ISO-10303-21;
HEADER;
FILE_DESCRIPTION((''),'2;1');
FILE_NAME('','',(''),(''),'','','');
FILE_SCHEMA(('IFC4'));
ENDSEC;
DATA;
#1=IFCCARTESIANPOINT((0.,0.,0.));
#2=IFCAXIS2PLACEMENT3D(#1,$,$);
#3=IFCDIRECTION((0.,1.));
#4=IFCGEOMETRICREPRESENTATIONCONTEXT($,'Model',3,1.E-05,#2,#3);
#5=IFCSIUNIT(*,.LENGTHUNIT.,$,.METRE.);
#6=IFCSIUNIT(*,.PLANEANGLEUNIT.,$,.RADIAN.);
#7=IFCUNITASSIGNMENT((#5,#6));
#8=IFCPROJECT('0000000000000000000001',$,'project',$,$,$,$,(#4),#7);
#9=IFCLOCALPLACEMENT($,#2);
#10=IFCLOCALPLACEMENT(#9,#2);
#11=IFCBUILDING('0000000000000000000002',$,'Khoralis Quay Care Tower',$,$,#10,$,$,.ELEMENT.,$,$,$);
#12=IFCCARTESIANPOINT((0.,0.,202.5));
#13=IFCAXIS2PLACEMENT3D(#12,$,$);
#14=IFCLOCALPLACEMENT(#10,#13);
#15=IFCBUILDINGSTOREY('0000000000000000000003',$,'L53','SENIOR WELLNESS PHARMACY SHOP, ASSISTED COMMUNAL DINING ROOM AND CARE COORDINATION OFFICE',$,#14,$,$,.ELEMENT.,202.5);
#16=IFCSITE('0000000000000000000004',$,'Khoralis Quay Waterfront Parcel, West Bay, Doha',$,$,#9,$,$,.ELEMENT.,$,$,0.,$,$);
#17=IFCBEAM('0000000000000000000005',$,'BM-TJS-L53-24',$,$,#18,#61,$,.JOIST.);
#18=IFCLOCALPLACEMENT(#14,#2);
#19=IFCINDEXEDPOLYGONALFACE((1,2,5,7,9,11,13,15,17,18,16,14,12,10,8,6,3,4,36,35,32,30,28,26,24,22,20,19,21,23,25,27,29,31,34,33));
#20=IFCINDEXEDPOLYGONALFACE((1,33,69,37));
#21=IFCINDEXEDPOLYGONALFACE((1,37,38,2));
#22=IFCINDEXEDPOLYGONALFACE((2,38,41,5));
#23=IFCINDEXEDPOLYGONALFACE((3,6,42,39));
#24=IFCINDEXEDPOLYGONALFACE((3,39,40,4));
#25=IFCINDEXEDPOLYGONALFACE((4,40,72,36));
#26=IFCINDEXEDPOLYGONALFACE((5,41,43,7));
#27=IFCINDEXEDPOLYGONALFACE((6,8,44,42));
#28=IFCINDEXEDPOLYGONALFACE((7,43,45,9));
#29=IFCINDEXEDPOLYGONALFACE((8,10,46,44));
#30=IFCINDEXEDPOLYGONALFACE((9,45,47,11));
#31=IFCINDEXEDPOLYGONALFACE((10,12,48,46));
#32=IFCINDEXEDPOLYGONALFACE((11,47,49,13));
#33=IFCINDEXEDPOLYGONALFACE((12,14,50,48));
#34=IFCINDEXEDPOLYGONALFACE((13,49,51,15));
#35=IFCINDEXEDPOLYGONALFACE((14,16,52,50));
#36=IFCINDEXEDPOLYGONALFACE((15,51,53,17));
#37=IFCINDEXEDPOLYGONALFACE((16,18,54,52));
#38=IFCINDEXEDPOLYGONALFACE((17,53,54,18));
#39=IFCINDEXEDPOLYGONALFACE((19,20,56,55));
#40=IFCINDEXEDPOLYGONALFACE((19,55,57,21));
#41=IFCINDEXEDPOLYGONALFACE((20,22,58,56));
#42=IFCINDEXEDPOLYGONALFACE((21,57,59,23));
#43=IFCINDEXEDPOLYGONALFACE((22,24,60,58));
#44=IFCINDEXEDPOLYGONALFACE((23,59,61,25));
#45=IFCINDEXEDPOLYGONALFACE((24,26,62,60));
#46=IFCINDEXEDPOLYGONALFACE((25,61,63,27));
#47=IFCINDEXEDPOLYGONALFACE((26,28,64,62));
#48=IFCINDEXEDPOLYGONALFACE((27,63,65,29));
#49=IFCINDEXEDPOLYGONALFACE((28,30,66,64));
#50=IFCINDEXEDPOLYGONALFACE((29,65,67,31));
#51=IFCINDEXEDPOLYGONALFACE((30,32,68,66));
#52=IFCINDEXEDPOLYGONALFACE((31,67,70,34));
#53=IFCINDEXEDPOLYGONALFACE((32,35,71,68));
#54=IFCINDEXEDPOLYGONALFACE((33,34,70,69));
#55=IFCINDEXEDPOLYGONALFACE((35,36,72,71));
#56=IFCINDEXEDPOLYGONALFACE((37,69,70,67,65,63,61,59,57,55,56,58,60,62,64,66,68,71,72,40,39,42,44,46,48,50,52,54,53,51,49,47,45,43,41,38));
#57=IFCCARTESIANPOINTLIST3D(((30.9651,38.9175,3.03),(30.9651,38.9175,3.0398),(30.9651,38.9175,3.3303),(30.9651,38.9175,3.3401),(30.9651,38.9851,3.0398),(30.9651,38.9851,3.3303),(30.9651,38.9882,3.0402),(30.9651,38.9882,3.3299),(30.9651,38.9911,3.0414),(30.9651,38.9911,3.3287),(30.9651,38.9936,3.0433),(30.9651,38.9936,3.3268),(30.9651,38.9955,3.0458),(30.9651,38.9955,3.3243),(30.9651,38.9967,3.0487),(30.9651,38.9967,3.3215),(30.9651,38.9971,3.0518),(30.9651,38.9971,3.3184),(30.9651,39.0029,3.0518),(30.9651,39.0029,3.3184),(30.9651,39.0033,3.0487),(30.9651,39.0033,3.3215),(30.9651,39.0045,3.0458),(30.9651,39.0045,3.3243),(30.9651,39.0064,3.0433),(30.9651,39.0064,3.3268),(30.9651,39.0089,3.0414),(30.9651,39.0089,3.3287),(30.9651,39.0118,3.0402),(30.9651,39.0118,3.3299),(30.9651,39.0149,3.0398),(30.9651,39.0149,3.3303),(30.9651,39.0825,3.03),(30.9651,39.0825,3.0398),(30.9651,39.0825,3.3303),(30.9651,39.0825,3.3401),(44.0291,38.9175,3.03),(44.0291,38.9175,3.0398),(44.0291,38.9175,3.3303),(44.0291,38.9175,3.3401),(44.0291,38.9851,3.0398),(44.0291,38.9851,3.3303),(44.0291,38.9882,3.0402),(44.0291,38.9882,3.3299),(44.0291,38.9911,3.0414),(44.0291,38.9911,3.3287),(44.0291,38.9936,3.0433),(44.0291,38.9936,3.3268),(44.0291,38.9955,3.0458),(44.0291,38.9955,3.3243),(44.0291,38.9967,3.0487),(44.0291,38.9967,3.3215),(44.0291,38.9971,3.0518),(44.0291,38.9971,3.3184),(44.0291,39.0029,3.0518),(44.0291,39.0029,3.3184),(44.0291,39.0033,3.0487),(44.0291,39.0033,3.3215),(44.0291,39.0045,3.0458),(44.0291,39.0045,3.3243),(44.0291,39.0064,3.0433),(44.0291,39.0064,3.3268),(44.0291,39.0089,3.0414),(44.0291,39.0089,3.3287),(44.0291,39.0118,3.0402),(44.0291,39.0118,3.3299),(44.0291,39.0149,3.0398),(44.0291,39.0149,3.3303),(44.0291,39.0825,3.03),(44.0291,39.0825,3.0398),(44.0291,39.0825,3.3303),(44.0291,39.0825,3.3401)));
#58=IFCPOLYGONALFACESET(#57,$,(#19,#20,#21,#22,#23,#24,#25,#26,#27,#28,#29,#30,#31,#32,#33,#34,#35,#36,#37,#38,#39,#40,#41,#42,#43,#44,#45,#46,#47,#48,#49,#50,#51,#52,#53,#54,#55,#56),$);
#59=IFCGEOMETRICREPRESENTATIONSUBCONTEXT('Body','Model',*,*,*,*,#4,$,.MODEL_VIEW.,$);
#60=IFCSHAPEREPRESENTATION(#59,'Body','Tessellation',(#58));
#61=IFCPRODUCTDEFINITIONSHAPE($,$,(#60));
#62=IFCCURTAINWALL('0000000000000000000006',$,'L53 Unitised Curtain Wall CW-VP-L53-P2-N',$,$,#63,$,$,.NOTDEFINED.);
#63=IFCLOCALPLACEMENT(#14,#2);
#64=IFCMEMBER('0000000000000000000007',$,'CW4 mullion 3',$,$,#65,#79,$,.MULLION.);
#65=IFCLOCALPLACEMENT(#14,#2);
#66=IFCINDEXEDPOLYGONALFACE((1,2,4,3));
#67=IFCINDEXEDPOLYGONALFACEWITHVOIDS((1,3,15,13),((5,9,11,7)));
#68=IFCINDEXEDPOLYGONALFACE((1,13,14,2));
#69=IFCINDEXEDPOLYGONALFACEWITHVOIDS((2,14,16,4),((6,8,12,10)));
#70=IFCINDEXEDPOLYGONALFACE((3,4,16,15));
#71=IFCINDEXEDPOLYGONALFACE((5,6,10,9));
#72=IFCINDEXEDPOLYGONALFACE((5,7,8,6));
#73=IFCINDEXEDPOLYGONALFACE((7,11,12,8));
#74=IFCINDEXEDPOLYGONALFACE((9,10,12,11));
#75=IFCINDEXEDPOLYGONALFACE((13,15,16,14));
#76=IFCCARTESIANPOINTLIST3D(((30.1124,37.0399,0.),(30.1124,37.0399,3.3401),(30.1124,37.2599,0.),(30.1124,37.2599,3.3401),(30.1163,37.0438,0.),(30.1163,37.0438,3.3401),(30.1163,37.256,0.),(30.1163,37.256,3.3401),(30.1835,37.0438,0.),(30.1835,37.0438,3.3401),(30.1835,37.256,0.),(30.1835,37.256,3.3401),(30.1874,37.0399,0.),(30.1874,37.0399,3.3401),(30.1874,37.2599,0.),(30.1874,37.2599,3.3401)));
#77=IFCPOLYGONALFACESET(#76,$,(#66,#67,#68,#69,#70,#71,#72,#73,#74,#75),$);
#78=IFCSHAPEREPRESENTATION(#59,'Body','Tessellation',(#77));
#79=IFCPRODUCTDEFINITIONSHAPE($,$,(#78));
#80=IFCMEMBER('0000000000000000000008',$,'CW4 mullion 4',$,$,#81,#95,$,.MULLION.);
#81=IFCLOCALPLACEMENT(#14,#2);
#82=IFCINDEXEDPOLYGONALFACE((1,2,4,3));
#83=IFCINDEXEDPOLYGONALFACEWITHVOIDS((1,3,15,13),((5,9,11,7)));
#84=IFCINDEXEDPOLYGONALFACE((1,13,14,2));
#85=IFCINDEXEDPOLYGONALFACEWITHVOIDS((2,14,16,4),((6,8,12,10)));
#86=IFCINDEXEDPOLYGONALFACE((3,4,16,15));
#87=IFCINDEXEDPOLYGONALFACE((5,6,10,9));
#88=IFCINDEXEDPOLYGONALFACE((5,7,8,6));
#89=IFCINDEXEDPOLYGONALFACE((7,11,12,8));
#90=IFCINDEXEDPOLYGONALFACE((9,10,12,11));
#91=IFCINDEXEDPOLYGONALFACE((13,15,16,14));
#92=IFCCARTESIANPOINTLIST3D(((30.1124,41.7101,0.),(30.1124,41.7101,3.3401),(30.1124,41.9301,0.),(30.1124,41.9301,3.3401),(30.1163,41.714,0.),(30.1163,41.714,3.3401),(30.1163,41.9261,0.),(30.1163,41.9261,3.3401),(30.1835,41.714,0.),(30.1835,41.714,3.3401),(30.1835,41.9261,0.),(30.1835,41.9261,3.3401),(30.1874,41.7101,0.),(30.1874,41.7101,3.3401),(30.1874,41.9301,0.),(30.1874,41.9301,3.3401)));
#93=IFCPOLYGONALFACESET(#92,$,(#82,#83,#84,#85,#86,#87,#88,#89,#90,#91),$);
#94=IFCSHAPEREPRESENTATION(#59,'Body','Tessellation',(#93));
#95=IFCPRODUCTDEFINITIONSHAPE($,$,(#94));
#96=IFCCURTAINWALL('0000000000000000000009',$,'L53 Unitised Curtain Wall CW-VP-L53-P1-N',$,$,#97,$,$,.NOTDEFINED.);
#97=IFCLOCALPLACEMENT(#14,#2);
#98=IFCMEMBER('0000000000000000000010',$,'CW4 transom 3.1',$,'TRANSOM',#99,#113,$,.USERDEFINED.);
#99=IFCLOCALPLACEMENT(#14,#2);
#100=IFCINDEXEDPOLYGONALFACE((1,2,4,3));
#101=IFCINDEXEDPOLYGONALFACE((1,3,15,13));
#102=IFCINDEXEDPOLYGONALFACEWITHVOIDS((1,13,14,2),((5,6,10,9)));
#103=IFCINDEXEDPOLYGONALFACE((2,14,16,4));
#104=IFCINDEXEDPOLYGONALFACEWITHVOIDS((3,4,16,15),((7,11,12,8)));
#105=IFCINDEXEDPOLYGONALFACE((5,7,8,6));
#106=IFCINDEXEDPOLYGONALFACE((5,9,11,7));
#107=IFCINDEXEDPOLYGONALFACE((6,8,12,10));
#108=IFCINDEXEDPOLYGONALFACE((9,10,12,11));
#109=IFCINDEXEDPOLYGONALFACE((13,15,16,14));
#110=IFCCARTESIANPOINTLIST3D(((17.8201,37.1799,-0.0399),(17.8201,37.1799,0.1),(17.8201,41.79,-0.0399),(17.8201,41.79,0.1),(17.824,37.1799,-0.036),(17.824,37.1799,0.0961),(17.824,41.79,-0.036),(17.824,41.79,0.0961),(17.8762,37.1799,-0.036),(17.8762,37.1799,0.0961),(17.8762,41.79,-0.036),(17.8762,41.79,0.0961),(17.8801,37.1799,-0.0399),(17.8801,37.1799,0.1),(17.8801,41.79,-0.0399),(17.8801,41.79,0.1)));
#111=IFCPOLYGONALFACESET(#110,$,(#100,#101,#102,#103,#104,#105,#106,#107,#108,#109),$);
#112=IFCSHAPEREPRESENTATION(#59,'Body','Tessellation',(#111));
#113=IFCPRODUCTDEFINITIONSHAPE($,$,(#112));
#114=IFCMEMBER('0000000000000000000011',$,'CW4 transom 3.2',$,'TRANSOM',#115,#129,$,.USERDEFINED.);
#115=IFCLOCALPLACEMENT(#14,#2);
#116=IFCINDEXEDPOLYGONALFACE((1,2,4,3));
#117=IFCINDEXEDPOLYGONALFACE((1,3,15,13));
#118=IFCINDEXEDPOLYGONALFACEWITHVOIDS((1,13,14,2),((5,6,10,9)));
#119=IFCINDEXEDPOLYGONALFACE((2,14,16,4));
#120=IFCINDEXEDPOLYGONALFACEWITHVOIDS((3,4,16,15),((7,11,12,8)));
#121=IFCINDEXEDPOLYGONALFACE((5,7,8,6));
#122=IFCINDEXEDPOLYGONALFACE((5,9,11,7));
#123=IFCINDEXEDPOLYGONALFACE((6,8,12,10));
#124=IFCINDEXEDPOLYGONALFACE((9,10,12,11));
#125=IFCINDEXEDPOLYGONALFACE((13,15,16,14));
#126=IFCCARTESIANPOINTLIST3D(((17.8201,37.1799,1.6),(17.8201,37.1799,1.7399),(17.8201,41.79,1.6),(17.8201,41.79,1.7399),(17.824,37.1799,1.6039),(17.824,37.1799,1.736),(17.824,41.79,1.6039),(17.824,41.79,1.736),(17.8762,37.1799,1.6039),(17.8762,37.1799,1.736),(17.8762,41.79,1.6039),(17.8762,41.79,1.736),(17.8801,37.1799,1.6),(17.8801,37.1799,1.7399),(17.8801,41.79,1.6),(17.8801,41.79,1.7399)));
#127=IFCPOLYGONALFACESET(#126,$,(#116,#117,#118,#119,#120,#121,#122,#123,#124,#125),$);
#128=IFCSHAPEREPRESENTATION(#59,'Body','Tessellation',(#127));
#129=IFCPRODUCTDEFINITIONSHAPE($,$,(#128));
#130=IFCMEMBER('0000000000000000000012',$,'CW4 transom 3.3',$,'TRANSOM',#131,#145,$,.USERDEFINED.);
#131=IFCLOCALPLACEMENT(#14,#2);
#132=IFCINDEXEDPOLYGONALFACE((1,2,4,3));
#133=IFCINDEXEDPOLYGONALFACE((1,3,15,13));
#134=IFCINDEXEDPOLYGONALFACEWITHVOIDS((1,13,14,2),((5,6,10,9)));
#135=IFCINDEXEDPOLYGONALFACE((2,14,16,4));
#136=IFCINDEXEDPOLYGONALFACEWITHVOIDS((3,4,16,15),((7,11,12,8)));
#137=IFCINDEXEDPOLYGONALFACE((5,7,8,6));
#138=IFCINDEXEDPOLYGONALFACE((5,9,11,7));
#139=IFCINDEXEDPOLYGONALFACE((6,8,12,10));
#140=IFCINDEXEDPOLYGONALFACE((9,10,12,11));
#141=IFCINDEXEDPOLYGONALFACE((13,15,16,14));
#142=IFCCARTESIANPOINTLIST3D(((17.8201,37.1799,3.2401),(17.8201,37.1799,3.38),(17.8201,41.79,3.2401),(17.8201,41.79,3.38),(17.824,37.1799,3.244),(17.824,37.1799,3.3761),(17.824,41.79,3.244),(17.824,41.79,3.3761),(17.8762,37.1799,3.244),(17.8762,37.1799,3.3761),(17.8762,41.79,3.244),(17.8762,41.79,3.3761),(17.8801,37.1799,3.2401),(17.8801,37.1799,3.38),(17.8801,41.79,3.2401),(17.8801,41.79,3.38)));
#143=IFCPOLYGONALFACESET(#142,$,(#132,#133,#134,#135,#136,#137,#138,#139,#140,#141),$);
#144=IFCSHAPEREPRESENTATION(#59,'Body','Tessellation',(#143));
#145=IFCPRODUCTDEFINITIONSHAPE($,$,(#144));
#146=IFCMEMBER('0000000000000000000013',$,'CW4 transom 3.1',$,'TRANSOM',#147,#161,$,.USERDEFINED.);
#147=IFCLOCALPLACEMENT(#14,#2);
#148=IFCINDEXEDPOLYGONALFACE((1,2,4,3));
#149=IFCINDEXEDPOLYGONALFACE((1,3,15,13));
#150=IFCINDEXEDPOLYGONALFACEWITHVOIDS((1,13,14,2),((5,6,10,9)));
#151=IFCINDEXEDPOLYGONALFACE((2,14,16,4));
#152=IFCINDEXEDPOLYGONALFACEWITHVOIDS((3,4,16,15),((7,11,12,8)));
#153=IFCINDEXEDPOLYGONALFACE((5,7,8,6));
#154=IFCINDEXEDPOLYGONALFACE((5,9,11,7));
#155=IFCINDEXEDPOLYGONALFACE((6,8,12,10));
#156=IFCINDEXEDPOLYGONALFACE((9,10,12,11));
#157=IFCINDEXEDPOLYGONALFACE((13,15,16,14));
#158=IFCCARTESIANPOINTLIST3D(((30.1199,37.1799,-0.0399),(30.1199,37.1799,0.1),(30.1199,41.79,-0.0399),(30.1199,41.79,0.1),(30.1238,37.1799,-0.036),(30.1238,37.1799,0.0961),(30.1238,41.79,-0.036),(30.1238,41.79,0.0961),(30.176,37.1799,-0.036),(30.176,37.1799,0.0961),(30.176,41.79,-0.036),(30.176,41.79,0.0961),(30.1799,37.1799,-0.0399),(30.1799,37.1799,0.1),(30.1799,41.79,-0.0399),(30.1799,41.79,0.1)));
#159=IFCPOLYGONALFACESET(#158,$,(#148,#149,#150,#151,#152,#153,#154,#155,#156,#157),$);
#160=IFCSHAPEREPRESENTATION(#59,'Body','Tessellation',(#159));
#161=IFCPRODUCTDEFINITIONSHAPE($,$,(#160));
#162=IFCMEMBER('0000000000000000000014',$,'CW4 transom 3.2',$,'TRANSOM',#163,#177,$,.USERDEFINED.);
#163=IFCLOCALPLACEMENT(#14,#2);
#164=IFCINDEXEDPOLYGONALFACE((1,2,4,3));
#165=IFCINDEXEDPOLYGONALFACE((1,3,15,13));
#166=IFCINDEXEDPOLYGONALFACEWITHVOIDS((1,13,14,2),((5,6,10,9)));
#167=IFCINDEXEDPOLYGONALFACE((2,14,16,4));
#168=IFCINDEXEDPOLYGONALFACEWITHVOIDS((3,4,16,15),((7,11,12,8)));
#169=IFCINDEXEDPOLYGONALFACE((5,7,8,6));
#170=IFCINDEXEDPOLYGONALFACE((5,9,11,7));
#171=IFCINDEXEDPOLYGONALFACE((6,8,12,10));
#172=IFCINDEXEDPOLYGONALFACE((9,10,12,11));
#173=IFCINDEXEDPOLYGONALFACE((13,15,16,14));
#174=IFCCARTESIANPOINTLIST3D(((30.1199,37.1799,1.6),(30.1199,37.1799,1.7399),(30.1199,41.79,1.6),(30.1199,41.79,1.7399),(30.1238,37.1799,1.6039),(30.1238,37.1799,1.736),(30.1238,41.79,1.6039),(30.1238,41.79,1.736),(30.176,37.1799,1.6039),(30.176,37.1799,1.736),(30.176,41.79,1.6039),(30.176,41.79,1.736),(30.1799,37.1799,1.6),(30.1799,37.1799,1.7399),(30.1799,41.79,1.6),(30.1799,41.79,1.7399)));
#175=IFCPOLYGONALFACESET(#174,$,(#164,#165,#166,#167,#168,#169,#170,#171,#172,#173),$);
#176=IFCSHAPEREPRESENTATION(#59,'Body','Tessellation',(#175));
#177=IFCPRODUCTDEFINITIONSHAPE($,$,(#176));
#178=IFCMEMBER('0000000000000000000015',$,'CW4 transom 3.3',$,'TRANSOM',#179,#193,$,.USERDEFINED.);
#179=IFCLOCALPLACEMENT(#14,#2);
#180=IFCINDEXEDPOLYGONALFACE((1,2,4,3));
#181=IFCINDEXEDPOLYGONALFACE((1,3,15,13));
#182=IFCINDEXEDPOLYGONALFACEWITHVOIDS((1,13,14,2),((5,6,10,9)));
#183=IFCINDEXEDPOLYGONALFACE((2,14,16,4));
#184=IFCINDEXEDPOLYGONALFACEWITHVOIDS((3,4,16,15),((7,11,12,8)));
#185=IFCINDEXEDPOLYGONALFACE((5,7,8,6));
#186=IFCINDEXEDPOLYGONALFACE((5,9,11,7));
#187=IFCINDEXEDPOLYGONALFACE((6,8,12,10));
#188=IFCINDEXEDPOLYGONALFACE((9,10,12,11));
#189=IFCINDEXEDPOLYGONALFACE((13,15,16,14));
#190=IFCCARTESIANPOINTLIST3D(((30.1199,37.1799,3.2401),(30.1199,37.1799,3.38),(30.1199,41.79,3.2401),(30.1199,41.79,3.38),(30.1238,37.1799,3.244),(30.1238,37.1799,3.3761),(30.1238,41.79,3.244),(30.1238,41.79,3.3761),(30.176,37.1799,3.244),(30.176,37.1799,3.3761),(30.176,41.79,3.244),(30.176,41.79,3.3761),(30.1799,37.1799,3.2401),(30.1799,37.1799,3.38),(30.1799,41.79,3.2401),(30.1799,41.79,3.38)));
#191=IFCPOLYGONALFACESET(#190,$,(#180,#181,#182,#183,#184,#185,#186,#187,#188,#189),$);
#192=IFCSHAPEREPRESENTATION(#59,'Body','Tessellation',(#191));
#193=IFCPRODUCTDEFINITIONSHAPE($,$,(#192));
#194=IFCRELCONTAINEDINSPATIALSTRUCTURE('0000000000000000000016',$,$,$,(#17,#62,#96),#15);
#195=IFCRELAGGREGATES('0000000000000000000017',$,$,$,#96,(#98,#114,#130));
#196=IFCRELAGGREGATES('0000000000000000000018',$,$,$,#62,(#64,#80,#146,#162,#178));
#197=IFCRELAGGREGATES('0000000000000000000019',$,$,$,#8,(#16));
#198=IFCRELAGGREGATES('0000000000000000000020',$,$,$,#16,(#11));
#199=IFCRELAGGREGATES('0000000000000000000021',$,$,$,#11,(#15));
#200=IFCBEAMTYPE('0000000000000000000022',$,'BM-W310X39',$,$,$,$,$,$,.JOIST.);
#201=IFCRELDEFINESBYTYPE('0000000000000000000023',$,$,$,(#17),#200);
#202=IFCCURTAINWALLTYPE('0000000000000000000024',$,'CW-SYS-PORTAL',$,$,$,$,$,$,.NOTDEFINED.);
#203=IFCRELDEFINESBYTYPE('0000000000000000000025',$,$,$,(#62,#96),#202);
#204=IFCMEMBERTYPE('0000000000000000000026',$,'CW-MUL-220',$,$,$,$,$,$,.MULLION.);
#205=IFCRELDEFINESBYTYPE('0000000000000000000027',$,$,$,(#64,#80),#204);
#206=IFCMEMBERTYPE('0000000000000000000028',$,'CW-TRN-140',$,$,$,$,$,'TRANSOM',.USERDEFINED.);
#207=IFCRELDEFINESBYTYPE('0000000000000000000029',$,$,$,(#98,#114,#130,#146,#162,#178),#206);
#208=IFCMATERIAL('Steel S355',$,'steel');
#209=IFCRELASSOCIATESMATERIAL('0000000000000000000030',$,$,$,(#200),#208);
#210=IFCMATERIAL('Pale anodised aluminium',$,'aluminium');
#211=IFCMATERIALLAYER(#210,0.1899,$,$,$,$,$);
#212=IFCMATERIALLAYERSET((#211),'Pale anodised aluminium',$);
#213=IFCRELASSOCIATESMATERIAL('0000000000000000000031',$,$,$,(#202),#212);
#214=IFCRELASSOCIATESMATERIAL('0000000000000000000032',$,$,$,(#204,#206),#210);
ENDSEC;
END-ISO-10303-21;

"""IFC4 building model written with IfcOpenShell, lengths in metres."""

from ifc_helpers import new_model, si_unit, direction, frame, origin, origin_2d, place, context, subcontext, project, spatial, hollow_rectangle, i_section, extrude, source, transform, mapped, material, layer, layer_set, material_profile, profile_set, type_object, element, aggregate, save


model = new_model("IFC4")

# Units and contexts
model_context = context("Model", 3, precision=1e-05, world=origin(), true_north=direction((0.0, 1.0)))
body_context = subcontext(model_context, "Body", "Model", "MODEL_VIEW")
ifc_project = project(units=[si_unit("LENGTHUNIT", "METRE"), si_unit("PLANEANGLEUNIT", "RADIAN")], contexts=[model_context])

# Site, building, storey
site_placement = place(None, origin())
site = spatial("IfcSite", under=ifc_project, at=site_placement, Name="Khoralis Quay Waterfront Parcel, West Bay, Doha", CompositionType="ELEMENT", RefElevation=0.0)
building_placement = place(site_placement, origin())
building = spatial("IfcBuilding", under=site, at=building_placement, Name="Khoralis Quay Care Tower", CompositionType="ELEMENT")
storey_placement = place(building_placement, frame((0.0, 0.0, 202.5)))
storey = spatial("IfcBuildingStorey", under=building, at=storey_placement, Name="L53", Description="SENIOR WELLNESS PHARMACY SHOP, ASSISTED COMMUNAL DINING ROOM AND CARE COORDINATION OFFICE", CompositionType="ELEMENT", Elevation=202.5)

# Beam
ifc_material_1 = material(Name="Steel S355", Category="steel")
ifc_material_profile_1 = material_profile(ifc_material_1, i_section(OverallWidth=0.165, OverallDepth=0.3101, WebThickness=0.0059, FlangeThickness=0.0098, FilletRadius=0.012, at=origin_2d()), Name="Steel S355")
ifc_profile_set_1 = profile_set([ifc_material_profile_1], Name="Steel S355")
beam_type_1 = type_object("IfcBeamType", Name="BM-W310X39", PredefinedType="JOIST", material=ifc_profile_set_1)
shared_shape_1 = source(origin(), body_context, "Body", "SweptSolid", [
    extrude(i_section(OverallWidth=0.165, OverallDepth=0.3101, WebThickness=0.0059, FlangeThickness=0.0098, FilletRadius=0.012, at=origin_2d()), origin(), (0.0, 0.0, 1.0), 13.064),
])
for number, where, z_axis, x_axis, name in (
    (1, (30.9651, 39.0, 3.1851), (1.0, 0.0, 0.0), (0.0, 1.0, 0.0), "BM-TJS-L53-24"),
):
    element("IfcBeam", number, at=place(storey_placement, frame(where, z_axis=z_axis, x_axis=x_axis)), inside=storey, type_object=beam_type_1, Name=name, PredefinedType="JOIST", context=body_context, shape_type="MappedRepresentation", body=[
        mapped(shared_shape_1, transform((0.0, 0.0, 0.0), scale=1.0)),
    ])

# Curtain walls, members
ifc_material_2 = material(Name="Pale anodised aluminium", Category="aluminium")
ifc_layer_1 = layer(ifc_material_2, 0.1899)
ifc_layer_set_1 = layer_set([ifc_layer_1], Name="Pale anodised aluminium")
curtain_wall_type = type_object("IfcCurtainWallType", Name="CW-SYS-PORTAL", PredefinedType="NOTDEFINED", material=ifc_layer_set_1)
curtain_wall_1_placement = place(storey_placement, origin())
curtain_wall_1 = element("IfcCurtainWall", 2, at=curtain_wall_1_placement, inside=storey, type_object=curtain_wall_type, Name="L53 Unitised Curtain Wall CW-VP-L53-P2-N", PredefinedType="NOTDEFINED")
ifc_material_profile_2 = material_profile(ifc_material_2, hollow_rectangle(XDim=0.075, YDim=0.22, WallThickness=0.0039, at=origin_2d()), Name="Pale anodised aluminium")
ifc_profile_set_2 = profile_set([ifc_material_profile_2], Name="Pale anodised aluminium")
member_type_1 = type_object("IfcMemberType", Name="CW-MUL-220", PredefinedType="MULLION", material=ifc_profile_set_2)
shared_shape_2 = source(origin(), body_context, "Body", "SweptSolid", [
    extrude(hollow_rectangle(XDim=0.075, YDim=0.22, WallThickness=0.0039, at=origin_2d()), origin(), (0.0, 0.0, 1.0), 3.3401),
])
member_1_placement = place(storey_placement, frame((30.1499, 37.1499, 0.0), z_axis=(0.0, 0.0, 1.0), x_axis=(-1.0, 0.0, 0.0)))
member_1 = element("IfcMember", 3, at=member_1_placement, type_object=member_type_1, Name="CW4 mullion 3", PredefinedType="MULLION", context=body_context, shape_type="MappedRepresentation", body=[
    mapped(shared_shape_2, transform((0.0, 0.0, 0.0), scale=1.0)),
])
member_2_placement = place(storey_placement, frame((30.1499, 41.8201, 0.0), z_axis=(0.0, 0.0, 1.0), x_axis=(-1.0, 0.0, 0.0)))
member_2 = element("IfcMember", 4, at=member_2_placement, type_object=member_type_1, Name="CW4 mullion 4", PredefinedType="MULLION", context=body_context, shape_type="MappedRepresentation", body=[
    mapped(shared_shape_2, transform((0.0, 0.0, 0.0), scale=1.0)),
])
curtain_wall_2_placement = place(storey_placement, origin())
curtain_wall_2 = element("IfcCurtainWall", 5, at=curtain_wall_2_placement, inside=storey, type_object=curtain_wall_type, Name="L53 Unitised Curtain Wall CW-VP-L53-P1-N", PredefinedType="NOTDEFINED")
ifc_material_profile_3 = material_profile(ifc_material_2, hollow_rectangle(XDim=0.0601, YDim=0.1399, WallThickness=0.0039, at=origin_2d()), Name="Pale anodised aluminium")
ifc_profile_set_3 = profile_set([ifc_material_profile_3], Name="Pale anodised aluminium")
member_type_2 = type_object("IfcMemberType", Name="CW-TRN-140", ElementType="TRANSOM", PredefinedType="USERDEFINED", material=ifc_profile_set_3)
shared_shape_3 = source(origin(), body_context, "Body", "SweptSolid", [
    extrude(hollow_rectangle(XDim=0.0601, YDim=0.1399, WallThickness=0.0039, at=origin_2d()), origin(), (0.0, 0.0, 1.0), 4.6101),
])
member_3_placement = place(storey_placement, frame((17.8501, 37.1799, 0.03), z_axis=(0.0, 1.0, 0.0), x_axis=(-1.0, 0.0, 0.0)))
member_3 = element("IfcMember", 6, at=member_3_placement, type_object=member_type_2, Name="CW4 transom 3.1", ObjectType="TRANSOM", PredefinedType="USERDEFINED", context=body_context, shape_type="MappedRepresentation", body=[
    mapped(shared_shape_3, transform((0.0, 0.0, 0.0), scale=1.0)),
])
member_4_placement = place(storey_placement, frame((17.8501, 37.1799, 1.6699), z_axis=(0.0, 1.0, 0.0), x_axis=(-1.0, 0.0, 0.0)))
member_4 = element("IfcMember", 7, at=member_4_placement, type_object=member_type_2, Name="CW4 transom 3.2", ObjectType="TRANSOM", PredefinedType="USERDEFINED", context=body_context, shape_type="MappedRepresentation", body=[
    mapped(shared_shape_3, transform((0.0, 0.0, 0.0), scale=1.0)),
])
member_5_placement = place(storey_placement, frame((17.8501, 37.1799, 3.3101), z_axis=(0.0, 1.0, 0.0), x_axis=(-1.0, 0.0, 0.0)))
member_5 = element("IfcMember", 8, at=member_5_placement, type_object=member_type_2, Name="CW4 transom 3.3", ObjectType="TRANSOM", PredefinedType="USERDEFINED", context=body_context, shape_type="MappedRepresentation", body=[
    mapped(shared_shape_3, transform((0.0, 0.0, 0.0), scale=1.0)),
])

# Members
member_6_placement = place(storey_placement, frame((30.1499, 37.1799, 0.03), z_axis=(0.0, 1.0, 0.0), x_axis=(-1.0, 0.0, 0.0)))
member_6 = element("IfcMember", 9, at=member_6_placement, type_object=member_type_2, Name="CW4 transom 3.1", ObjectType="TRANSOM", PredefinedType="USERDEFINED", context=body_context, shape_type="MappedRepresentation", body=[
    mapped(shared_shape_3, transform((0.0, 0.0, 0.0), scale=1.0)),
])
member_7_placement = place(storey_placement, frame((30.1499, 37.1799, 1.6699), z_axis=(0.0, 1.0, 0.0), x_axis=(-1.0, 0.0, 0.0)))
member_7 = element("IfcMember", 10, at=member_7_placement, type_object=member_type_2, Name="CW4 transom 3.2", ObjectType="TRANSOM", PredefinedType="USERDEFINED", context=body_context, shape_type="MappedRepresentation", body=[
    mapped(shared_shape_3, transform((0.0, 0.0, 0.0), scale=1.0)),
])
member_8_placement = place(storey_placement, frame((30.1499, 37.1799, 3.3101), z_axis=(0.0, 1.0, 0.0), x_axis=(-1.0, 0.0, 0.0)))
member_8 = element("IfcMember", 11, at=member_8_placement, type_object=member_type_2, Name="CW4 transom 3.3", ObjectType="TRANSOM", PredefinedType="USERDEFINED", context=body_context, shape_type="MappedRepresentation", body=[
    mapped(shared_shape_3, transform((0.0, 0.0, 0.0), scale=1.0)),
])

aggregate(curtain_wall_2, [member_3, member_4, member_5])
aggregate(curtain_wall_1, [member_1, member_2, member_6, member_7, member_8])

save(model, "model.ifc")
